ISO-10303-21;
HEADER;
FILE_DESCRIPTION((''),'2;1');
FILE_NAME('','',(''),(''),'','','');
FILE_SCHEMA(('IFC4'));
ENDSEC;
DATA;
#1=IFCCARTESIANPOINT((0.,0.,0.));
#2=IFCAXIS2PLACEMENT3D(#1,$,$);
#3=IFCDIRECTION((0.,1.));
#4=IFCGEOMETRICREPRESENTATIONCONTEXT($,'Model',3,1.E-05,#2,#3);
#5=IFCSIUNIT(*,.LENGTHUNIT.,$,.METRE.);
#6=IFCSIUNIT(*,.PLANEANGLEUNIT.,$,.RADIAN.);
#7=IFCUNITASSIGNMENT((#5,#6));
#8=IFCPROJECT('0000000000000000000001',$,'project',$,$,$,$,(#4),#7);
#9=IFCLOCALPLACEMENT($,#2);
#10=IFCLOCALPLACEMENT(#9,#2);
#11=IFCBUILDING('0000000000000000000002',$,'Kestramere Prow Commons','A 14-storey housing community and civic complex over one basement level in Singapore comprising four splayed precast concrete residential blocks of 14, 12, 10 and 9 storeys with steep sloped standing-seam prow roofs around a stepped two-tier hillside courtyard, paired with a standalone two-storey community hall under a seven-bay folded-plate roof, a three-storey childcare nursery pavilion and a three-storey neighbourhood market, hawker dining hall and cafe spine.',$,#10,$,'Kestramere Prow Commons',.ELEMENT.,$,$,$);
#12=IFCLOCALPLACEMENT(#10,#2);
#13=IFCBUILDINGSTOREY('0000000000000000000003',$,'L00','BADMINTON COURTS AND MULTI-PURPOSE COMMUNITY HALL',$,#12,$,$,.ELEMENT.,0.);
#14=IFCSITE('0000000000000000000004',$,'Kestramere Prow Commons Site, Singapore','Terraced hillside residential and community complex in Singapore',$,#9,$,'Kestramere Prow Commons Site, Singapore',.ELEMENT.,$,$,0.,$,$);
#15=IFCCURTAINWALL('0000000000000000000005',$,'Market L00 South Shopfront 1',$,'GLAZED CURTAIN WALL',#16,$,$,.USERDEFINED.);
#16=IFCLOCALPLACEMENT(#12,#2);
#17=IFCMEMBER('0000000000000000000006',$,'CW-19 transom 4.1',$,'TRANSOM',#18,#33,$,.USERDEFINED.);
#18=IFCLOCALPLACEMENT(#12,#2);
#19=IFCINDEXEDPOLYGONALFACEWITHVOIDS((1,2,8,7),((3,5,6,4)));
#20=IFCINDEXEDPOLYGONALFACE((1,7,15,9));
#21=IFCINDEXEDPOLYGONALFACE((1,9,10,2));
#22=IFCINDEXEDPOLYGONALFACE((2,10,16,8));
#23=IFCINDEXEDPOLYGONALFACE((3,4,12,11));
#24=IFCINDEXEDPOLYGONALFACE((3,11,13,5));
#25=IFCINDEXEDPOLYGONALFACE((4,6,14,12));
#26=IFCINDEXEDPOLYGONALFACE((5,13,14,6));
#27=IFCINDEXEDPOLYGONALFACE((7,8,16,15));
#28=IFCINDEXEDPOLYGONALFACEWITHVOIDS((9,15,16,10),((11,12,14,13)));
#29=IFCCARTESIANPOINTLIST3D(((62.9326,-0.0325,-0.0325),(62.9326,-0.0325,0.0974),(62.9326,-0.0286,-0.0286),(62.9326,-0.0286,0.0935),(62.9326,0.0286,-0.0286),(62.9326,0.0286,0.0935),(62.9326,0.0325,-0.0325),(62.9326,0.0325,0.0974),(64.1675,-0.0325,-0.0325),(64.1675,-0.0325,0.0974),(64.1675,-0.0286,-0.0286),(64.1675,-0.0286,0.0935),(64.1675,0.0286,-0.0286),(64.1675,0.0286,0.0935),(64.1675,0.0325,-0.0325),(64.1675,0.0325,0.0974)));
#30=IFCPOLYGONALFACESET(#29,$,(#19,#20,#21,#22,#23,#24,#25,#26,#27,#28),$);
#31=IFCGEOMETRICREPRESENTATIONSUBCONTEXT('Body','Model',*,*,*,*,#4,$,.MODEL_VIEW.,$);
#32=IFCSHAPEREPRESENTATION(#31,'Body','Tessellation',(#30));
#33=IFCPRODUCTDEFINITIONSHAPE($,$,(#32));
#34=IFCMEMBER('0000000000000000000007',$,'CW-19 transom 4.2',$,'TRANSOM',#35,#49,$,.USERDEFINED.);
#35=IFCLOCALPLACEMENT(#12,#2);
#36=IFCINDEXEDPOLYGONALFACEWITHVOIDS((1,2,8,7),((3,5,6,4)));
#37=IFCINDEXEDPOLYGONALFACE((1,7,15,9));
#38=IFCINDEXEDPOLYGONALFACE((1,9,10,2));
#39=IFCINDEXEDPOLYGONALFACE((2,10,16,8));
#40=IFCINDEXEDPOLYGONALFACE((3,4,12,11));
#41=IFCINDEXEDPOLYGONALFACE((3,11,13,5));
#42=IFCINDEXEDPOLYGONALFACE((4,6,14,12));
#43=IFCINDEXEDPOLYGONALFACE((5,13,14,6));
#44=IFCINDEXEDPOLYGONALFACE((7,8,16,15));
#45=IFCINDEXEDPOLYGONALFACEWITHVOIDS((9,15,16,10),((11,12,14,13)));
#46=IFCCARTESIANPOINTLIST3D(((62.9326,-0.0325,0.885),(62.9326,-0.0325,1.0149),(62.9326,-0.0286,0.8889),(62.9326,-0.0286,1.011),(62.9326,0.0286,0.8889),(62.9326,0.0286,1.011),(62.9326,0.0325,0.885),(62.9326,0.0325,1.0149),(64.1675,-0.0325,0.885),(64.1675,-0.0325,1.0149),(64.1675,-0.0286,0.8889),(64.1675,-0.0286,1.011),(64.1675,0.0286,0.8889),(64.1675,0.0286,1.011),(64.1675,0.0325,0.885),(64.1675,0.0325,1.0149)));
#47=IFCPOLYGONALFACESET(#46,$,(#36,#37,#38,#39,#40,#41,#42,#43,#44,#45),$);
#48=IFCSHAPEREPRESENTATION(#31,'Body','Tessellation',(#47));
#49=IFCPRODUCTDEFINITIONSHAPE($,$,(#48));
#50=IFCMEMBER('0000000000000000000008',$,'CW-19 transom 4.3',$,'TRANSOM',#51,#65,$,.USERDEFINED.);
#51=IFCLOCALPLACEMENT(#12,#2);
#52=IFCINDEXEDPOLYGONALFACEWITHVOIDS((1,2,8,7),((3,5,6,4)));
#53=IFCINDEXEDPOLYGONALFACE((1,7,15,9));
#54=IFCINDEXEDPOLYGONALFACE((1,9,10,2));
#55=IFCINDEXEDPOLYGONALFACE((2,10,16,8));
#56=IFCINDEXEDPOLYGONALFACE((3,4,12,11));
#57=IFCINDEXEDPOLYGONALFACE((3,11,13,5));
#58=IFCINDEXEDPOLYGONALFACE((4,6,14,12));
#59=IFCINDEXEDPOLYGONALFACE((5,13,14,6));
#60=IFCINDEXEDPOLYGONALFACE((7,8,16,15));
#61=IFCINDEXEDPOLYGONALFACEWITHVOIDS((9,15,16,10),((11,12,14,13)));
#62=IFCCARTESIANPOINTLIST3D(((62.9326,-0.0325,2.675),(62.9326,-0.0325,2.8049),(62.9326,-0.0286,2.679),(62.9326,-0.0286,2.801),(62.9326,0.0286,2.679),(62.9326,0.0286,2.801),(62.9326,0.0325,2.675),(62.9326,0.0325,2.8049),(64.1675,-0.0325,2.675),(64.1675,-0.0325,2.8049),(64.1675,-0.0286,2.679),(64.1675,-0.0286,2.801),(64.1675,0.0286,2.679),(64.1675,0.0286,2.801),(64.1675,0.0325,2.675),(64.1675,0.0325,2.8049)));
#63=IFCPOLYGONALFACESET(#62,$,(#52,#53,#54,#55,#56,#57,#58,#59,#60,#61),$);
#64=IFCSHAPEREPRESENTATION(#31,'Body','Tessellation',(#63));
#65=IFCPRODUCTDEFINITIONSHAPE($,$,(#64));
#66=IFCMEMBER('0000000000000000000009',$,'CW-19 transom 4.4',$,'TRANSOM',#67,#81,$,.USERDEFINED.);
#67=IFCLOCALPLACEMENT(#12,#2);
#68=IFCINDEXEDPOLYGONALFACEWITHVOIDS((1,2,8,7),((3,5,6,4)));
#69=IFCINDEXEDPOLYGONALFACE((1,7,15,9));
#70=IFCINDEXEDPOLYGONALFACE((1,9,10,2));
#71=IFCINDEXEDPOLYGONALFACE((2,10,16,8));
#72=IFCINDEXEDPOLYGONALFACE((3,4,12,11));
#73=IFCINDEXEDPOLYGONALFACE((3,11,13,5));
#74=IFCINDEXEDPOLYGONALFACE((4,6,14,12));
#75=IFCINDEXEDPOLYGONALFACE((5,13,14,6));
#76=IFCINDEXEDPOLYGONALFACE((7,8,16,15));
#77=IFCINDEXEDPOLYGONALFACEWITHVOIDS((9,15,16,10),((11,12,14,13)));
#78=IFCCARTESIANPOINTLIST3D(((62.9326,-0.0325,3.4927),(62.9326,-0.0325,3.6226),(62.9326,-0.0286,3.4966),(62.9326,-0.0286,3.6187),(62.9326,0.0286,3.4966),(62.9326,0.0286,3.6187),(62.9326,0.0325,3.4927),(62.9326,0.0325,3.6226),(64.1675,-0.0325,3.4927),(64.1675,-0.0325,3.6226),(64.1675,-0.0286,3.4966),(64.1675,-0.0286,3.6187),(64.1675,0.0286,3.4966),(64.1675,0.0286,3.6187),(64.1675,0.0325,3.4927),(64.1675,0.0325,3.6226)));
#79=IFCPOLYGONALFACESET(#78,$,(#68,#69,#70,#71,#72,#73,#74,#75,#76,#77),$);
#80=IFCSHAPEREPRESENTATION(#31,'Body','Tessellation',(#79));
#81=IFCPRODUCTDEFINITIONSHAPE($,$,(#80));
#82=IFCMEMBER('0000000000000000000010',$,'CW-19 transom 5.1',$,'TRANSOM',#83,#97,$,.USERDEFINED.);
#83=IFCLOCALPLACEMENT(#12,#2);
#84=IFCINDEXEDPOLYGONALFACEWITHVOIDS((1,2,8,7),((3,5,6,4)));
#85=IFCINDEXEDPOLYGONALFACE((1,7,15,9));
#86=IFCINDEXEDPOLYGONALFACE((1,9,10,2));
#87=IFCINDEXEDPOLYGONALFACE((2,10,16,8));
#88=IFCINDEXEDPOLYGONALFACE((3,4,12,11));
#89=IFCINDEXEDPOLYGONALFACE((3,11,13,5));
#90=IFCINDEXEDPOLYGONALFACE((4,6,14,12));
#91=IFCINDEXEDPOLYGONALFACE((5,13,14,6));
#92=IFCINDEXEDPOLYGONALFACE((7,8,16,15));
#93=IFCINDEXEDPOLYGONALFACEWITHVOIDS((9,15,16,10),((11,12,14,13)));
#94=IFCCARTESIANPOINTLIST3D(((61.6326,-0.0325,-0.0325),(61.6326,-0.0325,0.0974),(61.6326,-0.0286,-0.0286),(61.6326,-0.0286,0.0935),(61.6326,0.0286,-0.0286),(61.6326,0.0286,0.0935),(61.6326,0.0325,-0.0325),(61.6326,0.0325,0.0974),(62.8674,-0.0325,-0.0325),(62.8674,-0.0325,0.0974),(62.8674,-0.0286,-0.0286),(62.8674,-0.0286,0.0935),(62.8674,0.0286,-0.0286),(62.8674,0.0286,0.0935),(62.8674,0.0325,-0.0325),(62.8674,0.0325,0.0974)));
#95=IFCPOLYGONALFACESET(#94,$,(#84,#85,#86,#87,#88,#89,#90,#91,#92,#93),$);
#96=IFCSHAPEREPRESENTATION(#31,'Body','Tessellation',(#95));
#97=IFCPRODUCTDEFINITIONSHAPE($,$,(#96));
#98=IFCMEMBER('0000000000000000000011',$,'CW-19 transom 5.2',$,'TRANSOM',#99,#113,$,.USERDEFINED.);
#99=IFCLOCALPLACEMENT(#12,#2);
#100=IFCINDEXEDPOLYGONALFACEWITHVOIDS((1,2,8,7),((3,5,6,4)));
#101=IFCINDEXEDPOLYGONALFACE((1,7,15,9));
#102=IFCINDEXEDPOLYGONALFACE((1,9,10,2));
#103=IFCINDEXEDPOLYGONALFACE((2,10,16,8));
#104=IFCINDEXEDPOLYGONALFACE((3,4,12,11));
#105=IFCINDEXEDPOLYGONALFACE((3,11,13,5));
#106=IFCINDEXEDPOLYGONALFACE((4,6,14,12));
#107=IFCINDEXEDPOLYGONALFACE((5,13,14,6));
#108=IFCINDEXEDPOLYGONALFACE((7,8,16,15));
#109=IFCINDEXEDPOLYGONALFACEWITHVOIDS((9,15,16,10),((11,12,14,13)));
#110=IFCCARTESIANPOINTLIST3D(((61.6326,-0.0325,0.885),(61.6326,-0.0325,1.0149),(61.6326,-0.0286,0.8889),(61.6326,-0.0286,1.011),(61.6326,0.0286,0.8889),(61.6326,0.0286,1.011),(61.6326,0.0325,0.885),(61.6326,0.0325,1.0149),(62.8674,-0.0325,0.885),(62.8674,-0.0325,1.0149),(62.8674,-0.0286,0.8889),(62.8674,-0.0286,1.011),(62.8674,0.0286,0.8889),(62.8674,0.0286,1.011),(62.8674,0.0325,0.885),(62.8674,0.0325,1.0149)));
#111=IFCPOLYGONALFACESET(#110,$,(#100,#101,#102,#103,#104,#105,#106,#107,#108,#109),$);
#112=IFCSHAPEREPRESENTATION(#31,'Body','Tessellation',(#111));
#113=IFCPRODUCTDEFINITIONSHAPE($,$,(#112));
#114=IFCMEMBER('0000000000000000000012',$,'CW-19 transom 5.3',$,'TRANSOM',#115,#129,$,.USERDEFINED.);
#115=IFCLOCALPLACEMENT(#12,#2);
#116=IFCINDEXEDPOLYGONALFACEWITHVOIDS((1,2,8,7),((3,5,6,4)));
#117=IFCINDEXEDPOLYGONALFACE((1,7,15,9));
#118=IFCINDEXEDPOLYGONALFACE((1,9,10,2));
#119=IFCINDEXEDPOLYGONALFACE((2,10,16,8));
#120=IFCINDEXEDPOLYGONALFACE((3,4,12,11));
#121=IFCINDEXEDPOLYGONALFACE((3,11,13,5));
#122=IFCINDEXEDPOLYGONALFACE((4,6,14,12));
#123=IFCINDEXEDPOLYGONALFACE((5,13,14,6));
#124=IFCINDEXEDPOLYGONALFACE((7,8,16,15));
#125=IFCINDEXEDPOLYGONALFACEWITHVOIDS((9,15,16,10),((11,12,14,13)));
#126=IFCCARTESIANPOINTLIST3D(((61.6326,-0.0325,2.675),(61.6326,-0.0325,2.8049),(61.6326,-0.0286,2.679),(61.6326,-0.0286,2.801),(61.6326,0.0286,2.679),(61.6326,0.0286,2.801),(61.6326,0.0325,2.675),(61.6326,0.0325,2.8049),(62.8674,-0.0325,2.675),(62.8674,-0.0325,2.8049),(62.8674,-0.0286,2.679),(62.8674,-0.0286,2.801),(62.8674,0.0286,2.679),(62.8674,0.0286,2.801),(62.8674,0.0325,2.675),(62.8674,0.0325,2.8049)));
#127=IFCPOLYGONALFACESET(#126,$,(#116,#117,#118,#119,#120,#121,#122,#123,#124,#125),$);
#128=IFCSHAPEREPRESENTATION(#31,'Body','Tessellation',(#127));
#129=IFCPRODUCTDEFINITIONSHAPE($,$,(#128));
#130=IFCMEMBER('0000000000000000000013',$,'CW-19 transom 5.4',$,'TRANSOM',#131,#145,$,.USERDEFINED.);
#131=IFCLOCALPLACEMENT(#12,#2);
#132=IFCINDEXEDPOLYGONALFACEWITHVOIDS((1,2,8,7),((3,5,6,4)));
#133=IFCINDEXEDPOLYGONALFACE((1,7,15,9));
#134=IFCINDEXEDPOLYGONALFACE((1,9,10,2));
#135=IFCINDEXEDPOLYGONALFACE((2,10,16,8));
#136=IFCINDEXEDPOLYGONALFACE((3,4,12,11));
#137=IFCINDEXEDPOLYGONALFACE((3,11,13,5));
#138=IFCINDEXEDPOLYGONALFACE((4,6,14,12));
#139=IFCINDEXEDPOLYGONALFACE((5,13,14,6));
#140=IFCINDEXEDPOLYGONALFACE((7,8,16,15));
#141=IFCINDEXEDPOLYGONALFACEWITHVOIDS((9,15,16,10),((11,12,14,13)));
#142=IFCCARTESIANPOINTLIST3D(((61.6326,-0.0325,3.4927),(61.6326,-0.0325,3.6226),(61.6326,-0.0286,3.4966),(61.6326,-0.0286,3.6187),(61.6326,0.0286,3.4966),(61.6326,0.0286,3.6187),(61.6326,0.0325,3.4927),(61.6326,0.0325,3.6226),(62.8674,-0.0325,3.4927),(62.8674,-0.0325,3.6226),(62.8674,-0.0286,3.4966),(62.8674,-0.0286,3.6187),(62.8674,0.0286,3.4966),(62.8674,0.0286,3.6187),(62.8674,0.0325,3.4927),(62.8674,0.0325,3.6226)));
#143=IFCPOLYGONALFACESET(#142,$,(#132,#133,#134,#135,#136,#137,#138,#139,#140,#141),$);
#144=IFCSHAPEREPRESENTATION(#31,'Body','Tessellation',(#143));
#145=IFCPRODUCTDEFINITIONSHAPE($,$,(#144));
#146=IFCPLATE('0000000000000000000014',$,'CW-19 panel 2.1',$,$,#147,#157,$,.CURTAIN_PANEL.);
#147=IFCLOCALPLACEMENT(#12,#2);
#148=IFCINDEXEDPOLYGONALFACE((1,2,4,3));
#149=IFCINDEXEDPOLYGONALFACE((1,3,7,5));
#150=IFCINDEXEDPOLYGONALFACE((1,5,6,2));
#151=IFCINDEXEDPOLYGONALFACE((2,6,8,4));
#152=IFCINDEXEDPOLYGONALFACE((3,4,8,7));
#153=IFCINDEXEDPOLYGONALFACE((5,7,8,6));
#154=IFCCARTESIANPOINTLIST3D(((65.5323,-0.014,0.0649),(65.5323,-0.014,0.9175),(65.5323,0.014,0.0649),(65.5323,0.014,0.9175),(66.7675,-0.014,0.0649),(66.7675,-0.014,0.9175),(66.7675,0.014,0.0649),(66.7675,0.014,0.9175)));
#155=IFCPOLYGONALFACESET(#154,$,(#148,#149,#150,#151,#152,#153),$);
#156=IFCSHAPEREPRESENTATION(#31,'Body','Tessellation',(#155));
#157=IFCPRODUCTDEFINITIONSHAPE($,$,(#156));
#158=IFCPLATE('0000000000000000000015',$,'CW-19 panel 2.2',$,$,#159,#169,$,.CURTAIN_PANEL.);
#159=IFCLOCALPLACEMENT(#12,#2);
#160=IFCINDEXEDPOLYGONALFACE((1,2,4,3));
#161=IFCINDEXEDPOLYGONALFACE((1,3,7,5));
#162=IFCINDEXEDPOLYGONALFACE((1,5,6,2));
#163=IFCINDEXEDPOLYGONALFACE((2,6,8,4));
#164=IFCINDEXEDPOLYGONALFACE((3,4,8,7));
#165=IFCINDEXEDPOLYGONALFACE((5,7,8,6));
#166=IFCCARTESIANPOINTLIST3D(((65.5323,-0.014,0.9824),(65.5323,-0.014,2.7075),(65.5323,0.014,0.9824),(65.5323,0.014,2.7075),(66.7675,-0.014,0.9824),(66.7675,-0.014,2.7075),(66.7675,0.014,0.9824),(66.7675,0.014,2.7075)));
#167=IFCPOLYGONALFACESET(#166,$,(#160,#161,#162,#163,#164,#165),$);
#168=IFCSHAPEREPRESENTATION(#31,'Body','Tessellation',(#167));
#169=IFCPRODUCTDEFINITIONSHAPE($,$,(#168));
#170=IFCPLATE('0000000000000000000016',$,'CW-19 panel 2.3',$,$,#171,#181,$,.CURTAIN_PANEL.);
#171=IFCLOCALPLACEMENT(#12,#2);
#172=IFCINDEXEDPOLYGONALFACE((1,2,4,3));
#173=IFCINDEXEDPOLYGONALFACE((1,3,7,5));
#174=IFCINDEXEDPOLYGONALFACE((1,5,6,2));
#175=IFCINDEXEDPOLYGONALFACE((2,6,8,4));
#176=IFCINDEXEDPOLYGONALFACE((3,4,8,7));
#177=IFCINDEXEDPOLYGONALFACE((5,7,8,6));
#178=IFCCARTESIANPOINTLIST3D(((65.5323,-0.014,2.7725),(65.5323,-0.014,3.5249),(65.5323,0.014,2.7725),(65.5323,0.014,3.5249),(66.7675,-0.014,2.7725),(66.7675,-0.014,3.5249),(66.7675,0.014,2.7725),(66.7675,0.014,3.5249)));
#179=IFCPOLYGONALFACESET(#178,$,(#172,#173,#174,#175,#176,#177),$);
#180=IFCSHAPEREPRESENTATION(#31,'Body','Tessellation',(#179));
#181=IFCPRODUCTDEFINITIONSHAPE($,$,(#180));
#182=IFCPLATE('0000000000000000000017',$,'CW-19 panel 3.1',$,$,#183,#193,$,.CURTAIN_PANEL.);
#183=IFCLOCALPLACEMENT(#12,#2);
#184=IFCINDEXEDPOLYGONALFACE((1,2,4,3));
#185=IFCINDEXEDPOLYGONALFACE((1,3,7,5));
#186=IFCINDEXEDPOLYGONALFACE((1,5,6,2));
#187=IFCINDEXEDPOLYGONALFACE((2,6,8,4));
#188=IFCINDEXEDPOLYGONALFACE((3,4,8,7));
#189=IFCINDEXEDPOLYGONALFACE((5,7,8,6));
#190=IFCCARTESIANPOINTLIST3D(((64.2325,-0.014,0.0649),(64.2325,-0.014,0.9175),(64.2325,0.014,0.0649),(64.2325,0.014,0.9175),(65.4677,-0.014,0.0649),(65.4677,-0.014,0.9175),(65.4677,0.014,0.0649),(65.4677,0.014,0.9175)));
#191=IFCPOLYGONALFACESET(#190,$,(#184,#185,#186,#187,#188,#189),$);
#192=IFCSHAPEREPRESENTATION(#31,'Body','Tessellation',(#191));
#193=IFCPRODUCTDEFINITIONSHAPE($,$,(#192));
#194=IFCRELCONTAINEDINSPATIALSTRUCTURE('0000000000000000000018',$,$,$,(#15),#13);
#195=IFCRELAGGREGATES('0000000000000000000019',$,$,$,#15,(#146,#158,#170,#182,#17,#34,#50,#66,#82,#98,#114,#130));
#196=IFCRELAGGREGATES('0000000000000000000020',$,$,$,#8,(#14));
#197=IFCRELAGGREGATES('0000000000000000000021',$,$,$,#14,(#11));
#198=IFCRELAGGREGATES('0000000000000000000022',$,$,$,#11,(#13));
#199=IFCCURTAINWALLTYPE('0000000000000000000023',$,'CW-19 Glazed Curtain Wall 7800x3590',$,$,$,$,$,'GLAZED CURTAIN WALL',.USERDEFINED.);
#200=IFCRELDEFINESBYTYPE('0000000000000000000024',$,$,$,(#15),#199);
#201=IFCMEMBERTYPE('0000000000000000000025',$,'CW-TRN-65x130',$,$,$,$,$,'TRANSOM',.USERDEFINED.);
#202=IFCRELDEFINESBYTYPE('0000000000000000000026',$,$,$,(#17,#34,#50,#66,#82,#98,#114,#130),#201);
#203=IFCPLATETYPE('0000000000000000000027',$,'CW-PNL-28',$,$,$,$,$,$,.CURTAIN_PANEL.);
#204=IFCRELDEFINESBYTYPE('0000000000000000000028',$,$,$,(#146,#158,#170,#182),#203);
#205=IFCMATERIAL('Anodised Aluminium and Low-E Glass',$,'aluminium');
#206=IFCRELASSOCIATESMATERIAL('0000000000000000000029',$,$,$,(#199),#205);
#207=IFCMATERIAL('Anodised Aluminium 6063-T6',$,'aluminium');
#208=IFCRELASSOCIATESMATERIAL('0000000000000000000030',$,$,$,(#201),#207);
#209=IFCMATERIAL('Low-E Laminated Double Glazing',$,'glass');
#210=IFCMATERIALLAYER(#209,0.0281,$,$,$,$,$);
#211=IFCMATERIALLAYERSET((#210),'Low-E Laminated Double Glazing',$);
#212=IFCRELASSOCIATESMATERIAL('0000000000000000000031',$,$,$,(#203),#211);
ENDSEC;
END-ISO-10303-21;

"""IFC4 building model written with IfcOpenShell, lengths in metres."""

from ifc_helpers import new_model, si_unit, direction, frame, origin, origin_2d, place, context, subcontext, project, spatial, rectangle, hollow_rectangle, extrude, material, layer, layer_set, material_profile, profile_set, type_object, element, aggregate, save


model = new_model("IFC4")

# Units and contexts
model_context = context("Model", 3, precision=1e-05, world=origin(), true_north=direction((0.0, 1.0)))
body_context = subcontext(model_context, "Body", "Model", "MODEL_VIEW")
ifc_project = project(units=[si_unit("LENGTHUNIT", "METRE"), si_unit("PLANEANGLEUNIT", "RADIAN")], contexts=[model_context])

# Site, building, storey
site_placement = place(None, origin())
site = spatial("IfcSite", under=ifc_project, at=site_placement, Name="Kestramere Prow Commons Site, Singapore", Description="Terraced hillside residential and community complex in Singapore", LongName="Kestramere Prow Commons Site, Singapore", CompositionType="ELEMENT", RefElevation=0.0)
building_placement = place(site_placement, origin())
building = spatial("IfcBuilding", under=site, at=building_placement, Name="Kestramere Prow Commons", Description="A 14-storey housing community and civic complex over one basement level in Singapore comprising four splayed precast concrete residential blocks of 14, 12, 10 and 9 storeys with steep sloped standing-seam prow roofs around a stepped two-tier hillside courtyard, paired with a standalone two-storey community hall under a seven-bay folded-plate roof, a three-storey childcare nursery pavilion and a three-storey neighbourhood market, hawker dining hall and cafe spine.", LongName="Kestramere Prow Commons", CompositionType="ELEMENT")
storey_placement = place(building_placement, origin())
storey = spatial("IfcBuildingStorey", under=building, at=storey_placement, Name="L00", Description="BADMINTON COURTS AND MULTI-PURPOSE COMMUNITY HALL", CompositionType="ELEMENT", Elevation=0.0)

# Curtain wall, members, plates
ifc_material_1 = material(Name="Anodised Aluminium and Low-E Glass", Category="aluminium")
curtain_wall_type = type_object("IfcCurtainWallType", Name="CW-19 Glazed Curtain Wall 7800x3590", ElementType="GLAZED CURTAIN WALL", PredefinedType="USERDEFINED", material=ifc_material_1)
curtain_wall_placement = place(storey_placement, origin())
curtain_wall = element("IfcCurtainWall", 1, at=curtain_wall_placement, inside=storey, type_object=curtain_wall_type, Name="Market L00 South Shopfront 1", ObjectType="GLAZED CURTAIN WALL", PredefinedType="USERDEFINED")
ifc_material_2 = material(Name="Anodised Aluminium 6063-T6", Category="aluminium")
ifc_material_profile_1 = material_profile(ifc_material_2, hollow_rectangle(XDim=0.0649, YDim=0.1299, WallThickness=0.0039, at=origin_2d()), Name="ALU-TRN 65x130")
ifc_profile_set_1 = profile_set([ifc_material_profile_1], Name="Anodised Aluminium 6063-T6")
member_type_1 = type_object("IfcMemberType", Name="CW-TRN-65x130", ElementType="TRANSOM", PredefinedType="USERDEFINED", material=ifc_profile_set_1)
member_1_placement = place(storey_placement, frame((64.1675, 0.0, 0.0325), z_axis=(-1.0, 0.0, 0.0), x_axis=(0.0, -1.0, 0.0)))
member_1 = element("IfcMember", 2, at=member_1_placement, type_object=member_type_1, Name="CW-19 transom 4.1", ObjectType="TRANSOM", PredefinedType="USERDEFINED", context=body_context, shape_type="SweptSolid", body=[
    extrude(hollow_rectangle(XDim=0.0649, YDim=0.1299, WallThickness=0.0039, at=origin_2d()), origin(), (0.0, 0.0, 1.0), 1.2349),
])
member_2_placement = place(storey_placement, frame((64.1675, 0.0, 0.95), z_axis=(-1.0, 0.0, 0.0), x_axis=(0.0, -1.0, 0.0)))
member_2 = element("IfcMember", 3, at=member_2_placement, type_object=member_type_1, Name="CW-19 transom 4.2", ObjectType="TRANSOM", PredefinedType="USERDEFINED", context=body_context, shape_type="SweptSolid", body=[
    extrude(hollow_rectangle(XDim=0.0649, YDim=0.1299, WallThickness=0.0039, at=origin_2d()), origin(), (0.0, 0.0, 1.0), 1.2349),
])
member_3_placement = place(storey_placement, frame((64.1675, 0.0, 2.74), z_axis=(-1.0, 0.0, 0.0), x_axis=(0.0, -1.0, 0.0)))
member_3 = element("IfcMember", 4, at=member_3_placement, type_object=member_type_1, Name="CW-19 transom 4.3", ObjectType="TRANSOM", PredefinedType="USERDEFINED", context=body_context, shape_type="SweptSolid", body=[
    extrude(hollow_rectangle(XDim=0.0649, YDim=0.1299, WallThickness=0.0039, at=origin_2d()), origin(), (0.0, 0.0, 1.0), 1.2349),
])
member_4_placement = place(storey_placement, frame((64.1675, 0.0, 3.5576), z_axis=(-1.0, 0.0, 0.0), x_axis=(0.0, -1.0, 0.0)))
member_4 = element("IfcMember", 5, at=member_4_placement, type_object=member_type_1, Name="CW-19 transom 4.4", ObjectType="TRANSOM", PredefinedType="USERDEFINED", context=body_context, shape_type="SweptSolid", body=[
    extrude(hollow_rectangle(XDim=0.0649, YDim=0.1299, WallThickness=0.0039, at=origin_2d()), origin(), (0.0, 0.0, 1.0), 1.2349),
])
member_5_placement = place(storey_placement, frame((62.8674, 0.0, 0.0325), z_axis=(-1.0, 0.0, 0.0), x_axis=(0.0, -1.0, 0.0)))
member_5 = element("IfcMember", 6, at=member_5_placement, type_object=member_type_1, Name="CW-19 transom 5.1", ObjectType="TRANSOM", PredefinedType="USERDEFINED", context=body_context, shape_type="SweptSolid", body=[
    extrude(hollow_rectangle(XDim=0.0649, YDim=0.1299, WallThickness=0.0039, at=origin_2d()), origin(), (0.0, 0.0, 1.0), 1.2349),
])
member_6_placement = place(storey_placement, frame((62.8674, 0.0, 0.95), z_axis=(-1.0, 0.0, 0.0), x_axis=(0.0, -1.0, 0.0)))
member_6 = element("IfcMember", 7, at=member_6_placement, type_object=member_type_1, Name="CW-19 transom 5.2", ObjectType="TRANSOM", PredefinedType="USERDEFINED", context=body_context, shape_type="SweptSolid", body=[
    extrude(hollow_rectangle(XDim=0.0649, YDim=0.1299, WallThickness=0.0039, at=origin_2d()), origin(), (0.0, 0.0, 1.0), 1.2349),
])
member_7_placement = place(storey_placement, frame((62.8674, 0.0, 2.74), z_axis=(-1.0, 0.0, 0.0), x_axis=(0.0, -1.0, 0.0)))
member_7 = element("IfcMember", 8, at=member_7_placement, type_object=member_type_1, Name="CW-19 transom 5.3", ObjectType="TRANSOM", PredefinedType="USERDEFINED", context=body_context, shape_type="SweptSolid", body=[
    extrude(hollow_rectangle(XDim=0.0649, YDim=0.1299, WallThickness=0.0039, at=origin_2d()), origin(), (0.0, 0.0, 1.0), 1.2349),
])
member_8_placement = place(storey_placement, frame((62.8674, 0.0, 3.5576), z_axis=(-1.0, 0.0, 0.0), x_axis=(0.0, -1.0, 0.0)))
member_8 = element("IfcMember", 9, at=member_8_placement, type_object=member_type_1, Name="CW-19 transom 5.4", ObjectType="TRANSOM", PredefinedType="USERDEFINED", context=body_context, shape_type="SweptSolid", body=[
    extrude(hollow_rectangle(XDim=0.0649, YDim=0.1299, WallThickness=0.0039, at=origin_2d()), origin(), (0.0, 0.0, 1.0), 1.2349),
])
ifc_material_3 = material(Name="Low-E Laminated Double Glazing", Category="glass")
ifc_layer = layer(ifc_material_3, 0.0281)
ifc_layer_set = layer_set([ifc_layer], Name="Low-E Laminated Double Glazing")
plate_type = type_object("IfcPlateType", Name="CW-PNL-28", PredefinedType="CURTAIN_PANEL", material=ifc_layer_set)
plate_1_placement = place(storey_placement, frame((66.1499, 0.0, 0.0649), z_axis=(0.0, 0.0, 1.0), x_axis=(-1.0, 0.0, 0.0)))
plate_1 = element("IfcPlate", 10, at=plate_1_placement, type_object=plate_type, Name="CW-19 panel 2.1", PredefinedType="CURTAIN_PANEL", context=body_context, shape_type="SweptSolid", body=[
    extrude(rectangle(XDim=1.2351, YDim=0.0281, at=origin_2d()), origin(), (0.0, 0.0, 1.0), 0.8525),
])
plate_2_placement = place(storey_placement, frame((66.1499, 0.0, 0.9824), z_axis=(0.0, 0.0, 1.0), x_axis=(-1.0, 0.0, 0.0)))
plate_2 = element("IfcPlate", 11, at=plate_2_placement, type_object=plate_type, Name="CW-19 panel 2.2", PredefinedType="CURTAIN_PANEL", context=body_context, shape_type="SweptSolid", body=[
    extrude(rectangle(XDim=1.2351, YDim=0.0281, at=origin_2d()), origin(), (0.0, 0.0, 1.0), 1.7251),
])
plate_3_placement = place(storey_placement, frame((66.1499, 0.0, 2.7725), z_axis=(0.0, 0.0, 1.0), x_axis=(-1.0, 0.0, 0.0)))
plate_3 = element("IfcPlate", 12, at=plate_3_placement, type_object=plate_type, Name="CW-19 panel 2.3", PredefinedType="CURTAIN_PANEL", context=body_context, shape_type="SweptSolid", body=[
    extrude(rectangle(XDim=1.2351, YDim=0.0281, at=origin_2d()), origin(), (0.0, 0.0, 1.0), 0.7524),
])
plate_4_placement = place(storey_placement, frame((64.8501, 0.0, 0.0649), z_axis=(0.0, 0.0, 1.0), x_axis=(-1.0, 0.0, 0.0)))
plate_4 = element("IfcPlate", 13, at=plate_4_placement, type_object=plate_type, Name="CW-19 panel 3.1", PredefinedType="CURTAIN_PANEL", context=body_context, shape_type="SweptSolid", body=[
    extrude(rectangle(XDim=1.2351, YDim=0.0281, at=origin_2d()), origin(), (0.0, 0.0, 1.0), 0.8525),
])
aggregate(curtain_wall, [plate_1, plate_2, plate_3, plate_4, member_1, member_2, member_3, member_4, member_5, member_6, member_7, member_8])

save(model, "model.ifc")
